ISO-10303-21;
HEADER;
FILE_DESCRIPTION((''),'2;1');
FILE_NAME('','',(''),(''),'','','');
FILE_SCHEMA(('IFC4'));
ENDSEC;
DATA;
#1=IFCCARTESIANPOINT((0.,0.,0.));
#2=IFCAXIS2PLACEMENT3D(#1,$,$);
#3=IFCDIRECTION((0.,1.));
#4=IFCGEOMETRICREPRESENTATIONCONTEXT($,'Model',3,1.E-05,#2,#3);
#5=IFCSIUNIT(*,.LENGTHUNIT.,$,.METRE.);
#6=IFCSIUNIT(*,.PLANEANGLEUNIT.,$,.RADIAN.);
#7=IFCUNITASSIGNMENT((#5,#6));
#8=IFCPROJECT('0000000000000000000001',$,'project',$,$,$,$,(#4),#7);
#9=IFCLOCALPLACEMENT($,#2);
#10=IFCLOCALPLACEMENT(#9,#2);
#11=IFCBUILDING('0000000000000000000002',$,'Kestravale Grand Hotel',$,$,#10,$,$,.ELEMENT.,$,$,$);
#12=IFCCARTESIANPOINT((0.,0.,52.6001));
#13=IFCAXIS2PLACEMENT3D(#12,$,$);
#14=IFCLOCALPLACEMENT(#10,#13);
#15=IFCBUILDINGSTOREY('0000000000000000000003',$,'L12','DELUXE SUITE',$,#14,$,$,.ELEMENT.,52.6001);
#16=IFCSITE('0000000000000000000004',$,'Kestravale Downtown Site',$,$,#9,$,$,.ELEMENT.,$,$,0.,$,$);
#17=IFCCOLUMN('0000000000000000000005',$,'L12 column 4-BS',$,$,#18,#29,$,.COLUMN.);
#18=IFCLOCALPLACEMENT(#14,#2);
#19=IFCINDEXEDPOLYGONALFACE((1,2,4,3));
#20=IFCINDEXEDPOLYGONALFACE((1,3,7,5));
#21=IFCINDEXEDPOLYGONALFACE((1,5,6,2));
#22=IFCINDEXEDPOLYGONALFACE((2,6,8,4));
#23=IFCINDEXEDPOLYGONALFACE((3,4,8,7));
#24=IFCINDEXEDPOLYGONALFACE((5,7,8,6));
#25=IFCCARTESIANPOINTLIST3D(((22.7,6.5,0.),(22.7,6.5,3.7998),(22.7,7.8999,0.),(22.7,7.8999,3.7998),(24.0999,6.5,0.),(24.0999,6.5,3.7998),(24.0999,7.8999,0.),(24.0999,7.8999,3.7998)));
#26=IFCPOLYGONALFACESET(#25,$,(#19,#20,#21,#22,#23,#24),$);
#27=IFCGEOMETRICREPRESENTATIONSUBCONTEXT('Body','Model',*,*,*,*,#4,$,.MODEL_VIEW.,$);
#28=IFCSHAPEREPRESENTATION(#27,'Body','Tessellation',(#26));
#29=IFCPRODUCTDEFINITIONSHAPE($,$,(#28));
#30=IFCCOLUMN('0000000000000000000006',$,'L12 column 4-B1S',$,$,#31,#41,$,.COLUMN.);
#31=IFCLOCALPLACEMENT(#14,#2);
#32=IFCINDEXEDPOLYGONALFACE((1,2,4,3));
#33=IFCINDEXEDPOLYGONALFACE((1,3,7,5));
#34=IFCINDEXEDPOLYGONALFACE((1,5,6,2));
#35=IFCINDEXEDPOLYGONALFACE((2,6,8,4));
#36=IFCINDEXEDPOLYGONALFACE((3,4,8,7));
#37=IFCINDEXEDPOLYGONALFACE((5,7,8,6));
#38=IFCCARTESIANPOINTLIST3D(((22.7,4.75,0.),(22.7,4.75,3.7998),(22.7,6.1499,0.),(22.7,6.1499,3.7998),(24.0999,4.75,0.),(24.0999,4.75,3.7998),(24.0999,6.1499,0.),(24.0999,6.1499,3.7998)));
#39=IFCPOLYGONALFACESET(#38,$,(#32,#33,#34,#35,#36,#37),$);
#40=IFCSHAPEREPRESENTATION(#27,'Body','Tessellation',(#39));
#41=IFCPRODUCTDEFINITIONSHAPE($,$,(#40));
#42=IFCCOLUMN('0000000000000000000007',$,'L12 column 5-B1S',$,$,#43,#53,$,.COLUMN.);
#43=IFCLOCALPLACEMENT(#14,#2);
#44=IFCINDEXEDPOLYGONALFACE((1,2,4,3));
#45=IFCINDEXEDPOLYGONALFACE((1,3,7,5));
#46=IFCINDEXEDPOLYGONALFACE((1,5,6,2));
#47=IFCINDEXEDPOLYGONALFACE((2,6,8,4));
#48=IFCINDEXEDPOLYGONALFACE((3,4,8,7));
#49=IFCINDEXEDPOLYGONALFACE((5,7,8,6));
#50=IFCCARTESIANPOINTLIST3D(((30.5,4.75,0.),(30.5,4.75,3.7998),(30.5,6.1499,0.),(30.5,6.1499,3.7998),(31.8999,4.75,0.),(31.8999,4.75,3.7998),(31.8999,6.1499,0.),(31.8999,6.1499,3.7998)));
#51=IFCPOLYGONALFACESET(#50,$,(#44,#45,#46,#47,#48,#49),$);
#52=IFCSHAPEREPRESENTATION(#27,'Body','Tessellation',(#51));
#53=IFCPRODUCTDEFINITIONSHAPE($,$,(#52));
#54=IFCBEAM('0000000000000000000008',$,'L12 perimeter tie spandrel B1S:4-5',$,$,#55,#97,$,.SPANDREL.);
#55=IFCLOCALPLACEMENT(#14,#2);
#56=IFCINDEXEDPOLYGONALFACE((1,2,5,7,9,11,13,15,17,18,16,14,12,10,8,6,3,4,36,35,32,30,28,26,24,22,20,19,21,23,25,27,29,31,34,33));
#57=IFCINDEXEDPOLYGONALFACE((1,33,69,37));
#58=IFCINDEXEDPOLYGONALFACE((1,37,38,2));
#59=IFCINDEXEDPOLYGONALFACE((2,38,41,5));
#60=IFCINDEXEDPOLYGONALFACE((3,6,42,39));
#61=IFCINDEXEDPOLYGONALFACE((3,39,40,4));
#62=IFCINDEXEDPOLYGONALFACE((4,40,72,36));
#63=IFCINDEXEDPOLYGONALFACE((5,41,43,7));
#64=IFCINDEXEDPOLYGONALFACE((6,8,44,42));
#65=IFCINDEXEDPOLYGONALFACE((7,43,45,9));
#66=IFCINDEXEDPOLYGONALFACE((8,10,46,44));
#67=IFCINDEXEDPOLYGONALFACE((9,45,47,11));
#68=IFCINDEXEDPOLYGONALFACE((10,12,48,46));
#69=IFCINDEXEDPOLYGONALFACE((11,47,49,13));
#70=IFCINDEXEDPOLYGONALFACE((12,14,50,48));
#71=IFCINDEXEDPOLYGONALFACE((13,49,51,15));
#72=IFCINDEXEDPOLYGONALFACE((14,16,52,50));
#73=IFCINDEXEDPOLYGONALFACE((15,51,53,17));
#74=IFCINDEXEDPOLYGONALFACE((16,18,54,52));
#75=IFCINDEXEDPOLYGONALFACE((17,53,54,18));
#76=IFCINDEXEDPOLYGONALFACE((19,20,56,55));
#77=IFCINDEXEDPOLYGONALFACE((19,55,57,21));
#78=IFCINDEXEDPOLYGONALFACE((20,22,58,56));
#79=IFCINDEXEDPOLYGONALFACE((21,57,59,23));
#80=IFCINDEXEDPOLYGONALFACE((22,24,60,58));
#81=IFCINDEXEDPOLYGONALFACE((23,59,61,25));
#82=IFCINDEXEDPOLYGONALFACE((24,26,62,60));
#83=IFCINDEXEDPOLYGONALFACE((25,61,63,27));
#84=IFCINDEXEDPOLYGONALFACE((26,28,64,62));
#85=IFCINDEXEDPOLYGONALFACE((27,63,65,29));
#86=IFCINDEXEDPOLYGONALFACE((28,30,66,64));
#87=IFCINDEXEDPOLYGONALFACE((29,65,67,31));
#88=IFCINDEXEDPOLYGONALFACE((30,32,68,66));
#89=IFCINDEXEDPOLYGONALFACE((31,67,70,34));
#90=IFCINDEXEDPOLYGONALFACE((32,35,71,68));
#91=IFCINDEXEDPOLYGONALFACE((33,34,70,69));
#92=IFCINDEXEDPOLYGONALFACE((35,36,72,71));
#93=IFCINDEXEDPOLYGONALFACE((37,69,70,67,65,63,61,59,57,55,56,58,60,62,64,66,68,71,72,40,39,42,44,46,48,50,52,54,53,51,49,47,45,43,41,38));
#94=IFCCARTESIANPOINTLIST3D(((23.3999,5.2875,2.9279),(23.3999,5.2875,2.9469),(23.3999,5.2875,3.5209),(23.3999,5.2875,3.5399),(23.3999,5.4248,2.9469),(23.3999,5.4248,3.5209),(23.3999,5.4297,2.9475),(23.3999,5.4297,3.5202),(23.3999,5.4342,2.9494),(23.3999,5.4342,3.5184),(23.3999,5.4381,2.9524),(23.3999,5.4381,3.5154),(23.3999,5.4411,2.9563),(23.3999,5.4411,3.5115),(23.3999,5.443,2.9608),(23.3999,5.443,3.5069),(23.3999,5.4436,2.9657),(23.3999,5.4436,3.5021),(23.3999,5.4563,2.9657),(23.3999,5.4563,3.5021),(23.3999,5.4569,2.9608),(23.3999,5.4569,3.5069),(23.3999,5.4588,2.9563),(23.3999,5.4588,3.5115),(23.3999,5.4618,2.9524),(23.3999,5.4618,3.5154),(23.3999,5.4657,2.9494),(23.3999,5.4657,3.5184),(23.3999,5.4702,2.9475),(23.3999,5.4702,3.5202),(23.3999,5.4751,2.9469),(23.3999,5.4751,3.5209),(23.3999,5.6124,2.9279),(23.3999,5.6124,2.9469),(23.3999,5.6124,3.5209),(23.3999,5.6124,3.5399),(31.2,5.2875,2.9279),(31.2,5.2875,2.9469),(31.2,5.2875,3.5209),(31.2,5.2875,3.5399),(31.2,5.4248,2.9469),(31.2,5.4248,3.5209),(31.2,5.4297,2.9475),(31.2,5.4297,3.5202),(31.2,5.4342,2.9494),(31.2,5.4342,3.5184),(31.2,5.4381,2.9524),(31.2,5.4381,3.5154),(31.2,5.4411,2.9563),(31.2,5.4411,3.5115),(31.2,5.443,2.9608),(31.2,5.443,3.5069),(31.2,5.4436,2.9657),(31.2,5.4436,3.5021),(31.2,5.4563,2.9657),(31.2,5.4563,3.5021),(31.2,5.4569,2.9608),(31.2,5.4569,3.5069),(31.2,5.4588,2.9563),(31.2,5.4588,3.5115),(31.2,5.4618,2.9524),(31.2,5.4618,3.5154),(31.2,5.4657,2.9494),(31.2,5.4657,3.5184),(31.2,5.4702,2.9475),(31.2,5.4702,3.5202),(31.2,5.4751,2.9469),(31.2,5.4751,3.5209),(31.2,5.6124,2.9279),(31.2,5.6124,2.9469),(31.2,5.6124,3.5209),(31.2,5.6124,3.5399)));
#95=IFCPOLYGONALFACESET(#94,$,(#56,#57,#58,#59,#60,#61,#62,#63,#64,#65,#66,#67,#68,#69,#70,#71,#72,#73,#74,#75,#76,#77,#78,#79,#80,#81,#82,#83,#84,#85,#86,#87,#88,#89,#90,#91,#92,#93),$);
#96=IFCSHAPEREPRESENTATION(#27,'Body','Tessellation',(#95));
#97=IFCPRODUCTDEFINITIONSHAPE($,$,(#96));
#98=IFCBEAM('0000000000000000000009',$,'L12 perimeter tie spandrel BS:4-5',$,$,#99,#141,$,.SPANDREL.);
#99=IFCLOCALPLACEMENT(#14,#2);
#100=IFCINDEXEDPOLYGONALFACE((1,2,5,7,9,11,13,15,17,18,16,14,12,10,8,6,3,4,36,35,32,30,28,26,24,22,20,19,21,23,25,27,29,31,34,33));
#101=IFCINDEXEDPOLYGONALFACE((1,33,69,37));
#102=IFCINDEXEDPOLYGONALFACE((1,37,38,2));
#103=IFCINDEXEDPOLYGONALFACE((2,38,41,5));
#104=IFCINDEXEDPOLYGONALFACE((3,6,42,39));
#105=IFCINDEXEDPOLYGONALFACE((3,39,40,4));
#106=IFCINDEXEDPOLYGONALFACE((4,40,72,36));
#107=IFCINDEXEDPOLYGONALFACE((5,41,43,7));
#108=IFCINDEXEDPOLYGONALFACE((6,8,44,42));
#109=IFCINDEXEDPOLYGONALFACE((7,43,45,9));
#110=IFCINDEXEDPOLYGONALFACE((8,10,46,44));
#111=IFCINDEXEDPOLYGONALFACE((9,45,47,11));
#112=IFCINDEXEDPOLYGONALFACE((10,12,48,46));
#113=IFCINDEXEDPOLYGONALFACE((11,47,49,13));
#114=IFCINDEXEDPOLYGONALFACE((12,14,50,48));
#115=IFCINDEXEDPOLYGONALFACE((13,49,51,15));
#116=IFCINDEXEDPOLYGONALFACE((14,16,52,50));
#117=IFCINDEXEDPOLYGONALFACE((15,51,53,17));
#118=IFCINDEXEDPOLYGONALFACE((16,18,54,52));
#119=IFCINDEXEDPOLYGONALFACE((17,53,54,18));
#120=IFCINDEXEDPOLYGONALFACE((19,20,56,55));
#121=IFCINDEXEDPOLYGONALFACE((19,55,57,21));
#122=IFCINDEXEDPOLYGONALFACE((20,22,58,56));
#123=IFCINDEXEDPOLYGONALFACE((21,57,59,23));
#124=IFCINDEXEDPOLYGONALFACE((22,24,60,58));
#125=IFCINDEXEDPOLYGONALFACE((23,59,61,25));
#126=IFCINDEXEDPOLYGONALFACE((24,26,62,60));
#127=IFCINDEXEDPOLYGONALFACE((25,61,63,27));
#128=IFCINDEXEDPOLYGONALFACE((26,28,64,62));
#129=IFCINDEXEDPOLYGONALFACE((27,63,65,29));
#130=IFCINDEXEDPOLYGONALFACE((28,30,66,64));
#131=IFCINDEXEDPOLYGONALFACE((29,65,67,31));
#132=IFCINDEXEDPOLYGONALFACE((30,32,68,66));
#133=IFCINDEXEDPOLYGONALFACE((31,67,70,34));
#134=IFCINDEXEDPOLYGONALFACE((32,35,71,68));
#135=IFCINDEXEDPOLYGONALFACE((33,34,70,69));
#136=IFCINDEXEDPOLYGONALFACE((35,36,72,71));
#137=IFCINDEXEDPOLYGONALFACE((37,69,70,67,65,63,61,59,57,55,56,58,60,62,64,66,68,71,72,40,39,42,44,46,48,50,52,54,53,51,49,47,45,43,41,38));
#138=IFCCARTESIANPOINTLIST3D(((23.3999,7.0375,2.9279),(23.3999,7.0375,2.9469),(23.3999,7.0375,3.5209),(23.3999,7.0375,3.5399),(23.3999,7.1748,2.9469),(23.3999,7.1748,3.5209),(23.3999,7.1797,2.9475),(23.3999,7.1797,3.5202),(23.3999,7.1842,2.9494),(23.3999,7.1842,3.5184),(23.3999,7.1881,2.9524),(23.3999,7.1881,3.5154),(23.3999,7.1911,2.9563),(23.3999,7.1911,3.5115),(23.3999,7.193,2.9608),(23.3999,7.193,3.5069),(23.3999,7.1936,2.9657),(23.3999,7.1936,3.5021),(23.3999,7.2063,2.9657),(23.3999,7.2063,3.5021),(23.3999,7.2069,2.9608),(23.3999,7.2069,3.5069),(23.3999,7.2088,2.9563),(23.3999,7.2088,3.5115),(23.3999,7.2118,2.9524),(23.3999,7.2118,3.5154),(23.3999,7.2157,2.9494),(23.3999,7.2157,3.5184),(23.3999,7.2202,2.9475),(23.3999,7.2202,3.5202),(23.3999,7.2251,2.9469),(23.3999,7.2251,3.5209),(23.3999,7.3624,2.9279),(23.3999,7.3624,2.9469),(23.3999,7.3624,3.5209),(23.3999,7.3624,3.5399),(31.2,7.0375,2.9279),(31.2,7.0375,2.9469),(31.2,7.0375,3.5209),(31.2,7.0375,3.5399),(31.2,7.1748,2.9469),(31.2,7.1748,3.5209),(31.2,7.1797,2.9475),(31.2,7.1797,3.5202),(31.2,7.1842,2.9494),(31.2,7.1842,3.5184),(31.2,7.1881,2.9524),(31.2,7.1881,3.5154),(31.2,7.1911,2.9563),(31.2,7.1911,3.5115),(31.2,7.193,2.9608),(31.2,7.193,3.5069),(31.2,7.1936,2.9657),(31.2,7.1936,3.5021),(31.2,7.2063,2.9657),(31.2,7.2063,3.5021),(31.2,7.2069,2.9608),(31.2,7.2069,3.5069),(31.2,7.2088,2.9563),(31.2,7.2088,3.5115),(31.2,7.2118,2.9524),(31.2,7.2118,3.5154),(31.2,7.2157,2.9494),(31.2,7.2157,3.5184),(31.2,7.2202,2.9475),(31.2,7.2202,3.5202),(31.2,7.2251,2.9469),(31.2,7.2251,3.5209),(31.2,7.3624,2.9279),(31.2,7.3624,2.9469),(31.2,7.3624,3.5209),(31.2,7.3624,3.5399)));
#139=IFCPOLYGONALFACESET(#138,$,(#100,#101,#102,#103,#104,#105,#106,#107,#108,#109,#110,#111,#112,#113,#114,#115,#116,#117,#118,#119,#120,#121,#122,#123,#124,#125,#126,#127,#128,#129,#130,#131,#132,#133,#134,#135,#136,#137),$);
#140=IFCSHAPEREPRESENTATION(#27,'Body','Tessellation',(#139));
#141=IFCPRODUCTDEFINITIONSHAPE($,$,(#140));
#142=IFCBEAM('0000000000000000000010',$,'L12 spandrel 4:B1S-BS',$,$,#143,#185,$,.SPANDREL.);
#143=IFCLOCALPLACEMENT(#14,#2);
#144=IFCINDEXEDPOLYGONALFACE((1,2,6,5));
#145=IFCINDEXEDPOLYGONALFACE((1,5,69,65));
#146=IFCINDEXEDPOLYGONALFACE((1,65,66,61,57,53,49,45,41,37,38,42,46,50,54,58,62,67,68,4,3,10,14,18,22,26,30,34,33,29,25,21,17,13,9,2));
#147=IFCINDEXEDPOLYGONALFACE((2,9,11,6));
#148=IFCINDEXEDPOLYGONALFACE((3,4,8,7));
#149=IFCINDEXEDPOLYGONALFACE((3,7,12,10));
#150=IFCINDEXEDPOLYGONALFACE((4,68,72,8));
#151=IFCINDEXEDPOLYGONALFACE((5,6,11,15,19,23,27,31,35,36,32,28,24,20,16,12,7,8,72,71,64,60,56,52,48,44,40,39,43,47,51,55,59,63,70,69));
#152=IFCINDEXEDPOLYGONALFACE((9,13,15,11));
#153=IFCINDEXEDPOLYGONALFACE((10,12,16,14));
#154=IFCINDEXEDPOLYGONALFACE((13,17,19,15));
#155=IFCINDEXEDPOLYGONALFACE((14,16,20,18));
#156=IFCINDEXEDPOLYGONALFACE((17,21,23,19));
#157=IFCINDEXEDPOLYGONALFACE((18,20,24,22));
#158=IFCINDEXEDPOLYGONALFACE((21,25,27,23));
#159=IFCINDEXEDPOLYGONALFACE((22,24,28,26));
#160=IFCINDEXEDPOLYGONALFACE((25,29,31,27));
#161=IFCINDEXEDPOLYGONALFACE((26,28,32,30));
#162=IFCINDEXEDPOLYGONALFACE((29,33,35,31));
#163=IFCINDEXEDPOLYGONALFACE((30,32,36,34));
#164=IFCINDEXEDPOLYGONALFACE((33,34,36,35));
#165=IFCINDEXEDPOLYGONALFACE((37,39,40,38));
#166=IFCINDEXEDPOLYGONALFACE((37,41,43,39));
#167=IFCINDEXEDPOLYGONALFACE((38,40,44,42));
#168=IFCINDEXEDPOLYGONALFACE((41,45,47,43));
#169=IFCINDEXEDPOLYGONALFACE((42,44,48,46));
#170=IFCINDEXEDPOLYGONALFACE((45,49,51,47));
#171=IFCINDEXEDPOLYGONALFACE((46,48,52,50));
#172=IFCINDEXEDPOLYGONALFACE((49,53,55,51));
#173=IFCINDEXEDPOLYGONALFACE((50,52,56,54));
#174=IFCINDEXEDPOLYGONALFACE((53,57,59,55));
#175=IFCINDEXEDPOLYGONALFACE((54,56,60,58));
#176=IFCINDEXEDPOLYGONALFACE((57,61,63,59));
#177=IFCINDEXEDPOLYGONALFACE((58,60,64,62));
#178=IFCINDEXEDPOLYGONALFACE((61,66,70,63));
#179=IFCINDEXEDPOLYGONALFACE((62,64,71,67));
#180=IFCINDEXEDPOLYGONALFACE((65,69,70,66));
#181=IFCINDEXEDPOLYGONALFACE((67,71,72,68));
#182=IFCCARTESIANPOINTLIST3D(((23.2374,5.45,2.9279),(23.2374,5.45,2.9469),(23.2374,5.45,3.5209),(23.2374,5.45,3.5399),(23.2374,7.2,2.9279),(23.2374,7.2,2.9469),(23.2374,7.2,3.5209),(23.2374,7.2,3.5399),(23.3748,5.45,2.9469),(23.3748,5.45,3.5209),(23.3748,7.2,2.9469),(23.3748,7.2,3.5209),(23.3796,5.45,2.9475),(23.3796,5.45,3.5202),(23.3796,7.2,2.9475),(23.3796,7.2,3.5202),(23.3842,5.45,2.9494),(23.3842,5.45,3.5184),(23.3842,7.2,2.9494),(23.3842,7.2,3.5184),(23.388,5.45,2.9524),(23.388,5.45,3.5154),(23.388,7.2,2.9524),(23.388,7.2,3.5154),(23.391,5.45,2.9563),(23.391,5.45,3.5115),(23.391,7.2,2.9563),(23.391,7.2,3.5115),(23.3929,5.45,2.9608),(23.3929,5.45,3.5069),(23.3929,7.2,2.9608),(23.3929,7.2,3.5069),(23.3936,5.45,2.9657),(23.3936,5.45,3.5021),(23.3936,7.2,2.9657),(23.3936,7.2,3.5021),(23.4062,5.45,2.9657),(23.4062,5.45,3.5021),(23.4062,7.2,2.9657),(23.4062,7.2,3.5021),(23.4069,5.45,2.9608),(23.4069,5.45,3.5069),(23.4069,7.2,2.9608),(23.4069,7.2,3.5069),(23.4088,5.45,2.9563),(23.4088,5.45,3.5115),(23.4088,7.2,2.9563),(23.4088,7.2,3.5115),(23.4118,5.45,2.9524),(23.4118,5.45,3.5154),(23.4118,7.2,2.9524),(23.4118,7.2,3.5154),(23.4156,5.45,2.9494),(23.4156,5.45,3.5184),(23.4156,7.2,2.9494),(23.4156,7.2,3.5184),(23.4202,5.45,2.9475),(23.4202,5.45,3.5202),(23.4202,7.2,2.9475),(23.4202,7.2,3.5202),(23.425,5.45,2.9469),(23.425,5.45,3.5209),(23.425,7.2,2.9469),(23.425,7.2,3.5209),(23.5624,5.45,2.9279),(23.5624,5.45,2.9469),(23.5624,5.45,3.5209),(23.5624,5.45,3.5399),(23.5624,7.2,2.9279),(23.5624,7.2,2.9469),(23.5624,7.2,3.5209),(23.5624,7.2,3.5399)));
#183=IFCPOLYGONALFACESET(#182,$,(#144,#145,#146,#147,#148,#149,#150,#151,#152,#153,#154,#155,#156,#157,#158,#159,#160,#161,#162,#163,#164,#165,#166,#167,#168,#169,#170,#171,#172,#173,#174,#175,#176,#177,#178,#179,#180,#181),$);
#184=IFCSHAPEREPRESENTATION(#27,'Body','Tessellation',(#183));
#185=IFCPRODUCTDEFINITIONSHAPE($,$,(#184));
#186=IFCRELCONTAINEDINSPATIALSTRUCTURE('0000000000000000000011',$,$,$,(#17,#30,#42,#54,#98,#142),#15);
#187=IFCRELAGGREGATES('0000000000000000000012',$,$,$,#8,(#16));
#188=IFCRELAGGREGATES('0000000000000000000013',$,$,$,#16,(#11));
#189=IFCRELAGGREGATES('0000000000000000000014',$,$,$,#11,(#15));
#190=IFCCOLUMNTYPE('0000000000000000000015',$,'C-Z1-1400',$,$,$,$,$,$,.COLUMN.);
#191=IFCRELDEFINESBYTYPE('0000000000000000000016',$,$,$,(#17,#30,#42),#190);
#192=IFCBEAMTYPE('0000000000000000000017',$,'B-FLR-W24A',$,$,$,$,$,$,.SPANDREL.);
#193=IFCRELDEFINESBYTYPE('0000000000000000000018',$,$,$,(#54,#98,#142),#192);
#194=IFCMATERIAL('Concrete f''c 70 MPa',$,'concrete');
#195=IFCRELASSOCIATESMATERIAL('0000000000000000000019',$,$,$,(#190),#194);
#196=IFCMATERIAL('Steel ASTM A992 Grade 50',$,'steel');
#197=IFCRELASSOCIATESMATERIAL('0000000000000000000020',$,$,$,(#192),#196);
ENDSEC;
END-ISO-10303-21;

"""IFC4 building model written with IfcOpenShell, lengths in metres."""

from ifc_helpers import new_model, si_unit, direction, frame, origin, origin_2d, place, context, subcontext, project, spatial, rectangle, i_section, extrude, material, material_profile, profile_set, type_object, element, save


model = new_model("IFC4")

# Units and contexts
model_context = context("Model", 3, precision=1e-05, world=origin(), true_north=direction((0.0, 1.0)))
body_context = subcontext(model_context, "Body", "Model", "MODEL_VIEW")
ifc_project = project(units=[si_unit("LENGTHUNIT", "METRE"), si_unit("PLANEANGLEUNIT", "RADIAN")], contexts=[model_context])

# Site, building, storey
site_placement = place(None, origin())
site = spatial("IfcSite", under=ifc_project, at=site_placement, Name="Kestravale Downtown Site", CompositionType="ELEMENT", RefElevation=0.0)
building_placement = place(site_placement, origin())
building = spatial("IfcBuilding", under=site, at=building_placement, Name="Kestravale Grand Hotel", CompositionType="ELEMENT")
storey_placement = place(building_placement, frame((0.0, 0.0, 52.6001)))
storey = spatial("IfcBuildingStorey", under=building, at=storey_placement, Name="L12", Description="DELUXE SUITE", CompositionType="ELEMENT", Elevation=52.6001)

# Columns
ifc_material_1 = material(Name="Concrete f'c 70 MPa", Category="concrete")
ifc_material_profile_1 = material_profile(ifc_material_1, rectangle(XDim=1.3999, YDim=1.3999, at=origin_2d()))
ifc_profile_set_1 = profile_set([ifc_material_profile_1], Name="Concrete f'c 70 MPa")
column_type = type_object("IfcColumnType", Name="C-Z1-1400", PredefinedType="COLUMN", material=ifc_profile_set_1)
for number, where, z_axis, x_axis, name in (
    (1, (23.3999, 7.2, 0.0), (0.0, 0.0, 1.0), (1.0, 0.0, 0.0), "L12 column 4-BS"),
    (2, (23.3999, 5.45, 0.0), (0.0, 0.0, 1.0), (1.0, 0.0, 0.0), "L12 column 4-B1S"),
    (3, (31.2, 5.45, 0.0), (0.0, 0.0, 1.0), (1.0, 0.0, 0.0), "L12 column 5-B1S"),
):
    element("IfcColumn", number, at=place(storey_placement, frame(where, z_axis=z_axis, x_axis=x_axis)), inside=storey, type_object=column_type, Name=name, PredefinedType="COLUMN", context=body_context, shape_type="SweptSolid", body=[
        extrude(rectangle(XDim=1.3999, YDim=1.3999, at=origin_2d()), origin(), (0.0, 0.0, 1.0), 3.7998),
    ])

# Beams
ifc_material_2 = material(Name="Steel ASTM A992 Grade 50", Category="steel")
ifc_material_profile_2 = material_profile(ifc_material_2, i_section(OverallWidth=0.325, OverallDepth=0.6121, WebThickness=0.0127, FlangeThickness=0.019, FilletRadius=0.0188, at=origin_2d()))
ifc_profile_set_2 = profile_set([ifc_material_profile_2], Name="Steel ASTM A992 Grade 50")
beam_type_1 = type_object("IfcBeamType", Name="B-FLR-W24A", PredefinedType="SPANDREL", material=ifc_profile_set_2)
for number, where, z_axis, x_axis, name in (
    (4, (23.3999, 5.45, 3.2339), (1.0, 0.0, 0.0), (0.0, 1.0, 0.0), "L12 perimeter tie spandrel B1S:4-5"),
    (5, (23.3999, 7.2, 3.2339), (1.0, 0.0, 0.0), (0.0, 1.0, 0.0), "L12 perimeter tie spandrel BS:4-5"),
):
    element("IfcBeam", number, at=place(storey_placement, frame(where, z_axis=z_axis, x_axis=x_axis)), inside=storey, type_object=beam_type_1, Name=name, PredefinedType="SPANDREL", context=body_context, shape_type="SweptSolid", body=[
        extrude(i_section(OverallWidth=0.325, OverallDepth=0.6121, WebThickness=0.0127, FlangeThickness=0.019, FilletRadius=0.0188, at=origin_2d()), origin(), (0.0, 0.0, 1.0), 7.8),
    ])
for number, where, z_axis, x_axis, name in (
    (6, (23.3999, 5.45, 3.2339), (0.0, 1.0, 0.0), (-1.0, 0.0, 0.0), "L12 spandrel 4:B1S-BS"),
):
    element("IfcBeam", number, at=place(storey_placement, frame(where, z_axis=z_axis, x_axis=x_axis)), inside=storey, type_object=beam_type_1, Name=name, PredefinedType="SPANDREL", context=body_context, shape_type="SweptSolid", body=[
        extrude(i_section(OverallWidth=0.325, OverallDepth=0.6121, WebThickness=0.0127, FlangeThickness=0.019, FilletRadius=0.0188, at=origin_2d()), origin(), (0.0, 0.0, 1.0), 1.75),
    ])

save(model, "model.ifc")
